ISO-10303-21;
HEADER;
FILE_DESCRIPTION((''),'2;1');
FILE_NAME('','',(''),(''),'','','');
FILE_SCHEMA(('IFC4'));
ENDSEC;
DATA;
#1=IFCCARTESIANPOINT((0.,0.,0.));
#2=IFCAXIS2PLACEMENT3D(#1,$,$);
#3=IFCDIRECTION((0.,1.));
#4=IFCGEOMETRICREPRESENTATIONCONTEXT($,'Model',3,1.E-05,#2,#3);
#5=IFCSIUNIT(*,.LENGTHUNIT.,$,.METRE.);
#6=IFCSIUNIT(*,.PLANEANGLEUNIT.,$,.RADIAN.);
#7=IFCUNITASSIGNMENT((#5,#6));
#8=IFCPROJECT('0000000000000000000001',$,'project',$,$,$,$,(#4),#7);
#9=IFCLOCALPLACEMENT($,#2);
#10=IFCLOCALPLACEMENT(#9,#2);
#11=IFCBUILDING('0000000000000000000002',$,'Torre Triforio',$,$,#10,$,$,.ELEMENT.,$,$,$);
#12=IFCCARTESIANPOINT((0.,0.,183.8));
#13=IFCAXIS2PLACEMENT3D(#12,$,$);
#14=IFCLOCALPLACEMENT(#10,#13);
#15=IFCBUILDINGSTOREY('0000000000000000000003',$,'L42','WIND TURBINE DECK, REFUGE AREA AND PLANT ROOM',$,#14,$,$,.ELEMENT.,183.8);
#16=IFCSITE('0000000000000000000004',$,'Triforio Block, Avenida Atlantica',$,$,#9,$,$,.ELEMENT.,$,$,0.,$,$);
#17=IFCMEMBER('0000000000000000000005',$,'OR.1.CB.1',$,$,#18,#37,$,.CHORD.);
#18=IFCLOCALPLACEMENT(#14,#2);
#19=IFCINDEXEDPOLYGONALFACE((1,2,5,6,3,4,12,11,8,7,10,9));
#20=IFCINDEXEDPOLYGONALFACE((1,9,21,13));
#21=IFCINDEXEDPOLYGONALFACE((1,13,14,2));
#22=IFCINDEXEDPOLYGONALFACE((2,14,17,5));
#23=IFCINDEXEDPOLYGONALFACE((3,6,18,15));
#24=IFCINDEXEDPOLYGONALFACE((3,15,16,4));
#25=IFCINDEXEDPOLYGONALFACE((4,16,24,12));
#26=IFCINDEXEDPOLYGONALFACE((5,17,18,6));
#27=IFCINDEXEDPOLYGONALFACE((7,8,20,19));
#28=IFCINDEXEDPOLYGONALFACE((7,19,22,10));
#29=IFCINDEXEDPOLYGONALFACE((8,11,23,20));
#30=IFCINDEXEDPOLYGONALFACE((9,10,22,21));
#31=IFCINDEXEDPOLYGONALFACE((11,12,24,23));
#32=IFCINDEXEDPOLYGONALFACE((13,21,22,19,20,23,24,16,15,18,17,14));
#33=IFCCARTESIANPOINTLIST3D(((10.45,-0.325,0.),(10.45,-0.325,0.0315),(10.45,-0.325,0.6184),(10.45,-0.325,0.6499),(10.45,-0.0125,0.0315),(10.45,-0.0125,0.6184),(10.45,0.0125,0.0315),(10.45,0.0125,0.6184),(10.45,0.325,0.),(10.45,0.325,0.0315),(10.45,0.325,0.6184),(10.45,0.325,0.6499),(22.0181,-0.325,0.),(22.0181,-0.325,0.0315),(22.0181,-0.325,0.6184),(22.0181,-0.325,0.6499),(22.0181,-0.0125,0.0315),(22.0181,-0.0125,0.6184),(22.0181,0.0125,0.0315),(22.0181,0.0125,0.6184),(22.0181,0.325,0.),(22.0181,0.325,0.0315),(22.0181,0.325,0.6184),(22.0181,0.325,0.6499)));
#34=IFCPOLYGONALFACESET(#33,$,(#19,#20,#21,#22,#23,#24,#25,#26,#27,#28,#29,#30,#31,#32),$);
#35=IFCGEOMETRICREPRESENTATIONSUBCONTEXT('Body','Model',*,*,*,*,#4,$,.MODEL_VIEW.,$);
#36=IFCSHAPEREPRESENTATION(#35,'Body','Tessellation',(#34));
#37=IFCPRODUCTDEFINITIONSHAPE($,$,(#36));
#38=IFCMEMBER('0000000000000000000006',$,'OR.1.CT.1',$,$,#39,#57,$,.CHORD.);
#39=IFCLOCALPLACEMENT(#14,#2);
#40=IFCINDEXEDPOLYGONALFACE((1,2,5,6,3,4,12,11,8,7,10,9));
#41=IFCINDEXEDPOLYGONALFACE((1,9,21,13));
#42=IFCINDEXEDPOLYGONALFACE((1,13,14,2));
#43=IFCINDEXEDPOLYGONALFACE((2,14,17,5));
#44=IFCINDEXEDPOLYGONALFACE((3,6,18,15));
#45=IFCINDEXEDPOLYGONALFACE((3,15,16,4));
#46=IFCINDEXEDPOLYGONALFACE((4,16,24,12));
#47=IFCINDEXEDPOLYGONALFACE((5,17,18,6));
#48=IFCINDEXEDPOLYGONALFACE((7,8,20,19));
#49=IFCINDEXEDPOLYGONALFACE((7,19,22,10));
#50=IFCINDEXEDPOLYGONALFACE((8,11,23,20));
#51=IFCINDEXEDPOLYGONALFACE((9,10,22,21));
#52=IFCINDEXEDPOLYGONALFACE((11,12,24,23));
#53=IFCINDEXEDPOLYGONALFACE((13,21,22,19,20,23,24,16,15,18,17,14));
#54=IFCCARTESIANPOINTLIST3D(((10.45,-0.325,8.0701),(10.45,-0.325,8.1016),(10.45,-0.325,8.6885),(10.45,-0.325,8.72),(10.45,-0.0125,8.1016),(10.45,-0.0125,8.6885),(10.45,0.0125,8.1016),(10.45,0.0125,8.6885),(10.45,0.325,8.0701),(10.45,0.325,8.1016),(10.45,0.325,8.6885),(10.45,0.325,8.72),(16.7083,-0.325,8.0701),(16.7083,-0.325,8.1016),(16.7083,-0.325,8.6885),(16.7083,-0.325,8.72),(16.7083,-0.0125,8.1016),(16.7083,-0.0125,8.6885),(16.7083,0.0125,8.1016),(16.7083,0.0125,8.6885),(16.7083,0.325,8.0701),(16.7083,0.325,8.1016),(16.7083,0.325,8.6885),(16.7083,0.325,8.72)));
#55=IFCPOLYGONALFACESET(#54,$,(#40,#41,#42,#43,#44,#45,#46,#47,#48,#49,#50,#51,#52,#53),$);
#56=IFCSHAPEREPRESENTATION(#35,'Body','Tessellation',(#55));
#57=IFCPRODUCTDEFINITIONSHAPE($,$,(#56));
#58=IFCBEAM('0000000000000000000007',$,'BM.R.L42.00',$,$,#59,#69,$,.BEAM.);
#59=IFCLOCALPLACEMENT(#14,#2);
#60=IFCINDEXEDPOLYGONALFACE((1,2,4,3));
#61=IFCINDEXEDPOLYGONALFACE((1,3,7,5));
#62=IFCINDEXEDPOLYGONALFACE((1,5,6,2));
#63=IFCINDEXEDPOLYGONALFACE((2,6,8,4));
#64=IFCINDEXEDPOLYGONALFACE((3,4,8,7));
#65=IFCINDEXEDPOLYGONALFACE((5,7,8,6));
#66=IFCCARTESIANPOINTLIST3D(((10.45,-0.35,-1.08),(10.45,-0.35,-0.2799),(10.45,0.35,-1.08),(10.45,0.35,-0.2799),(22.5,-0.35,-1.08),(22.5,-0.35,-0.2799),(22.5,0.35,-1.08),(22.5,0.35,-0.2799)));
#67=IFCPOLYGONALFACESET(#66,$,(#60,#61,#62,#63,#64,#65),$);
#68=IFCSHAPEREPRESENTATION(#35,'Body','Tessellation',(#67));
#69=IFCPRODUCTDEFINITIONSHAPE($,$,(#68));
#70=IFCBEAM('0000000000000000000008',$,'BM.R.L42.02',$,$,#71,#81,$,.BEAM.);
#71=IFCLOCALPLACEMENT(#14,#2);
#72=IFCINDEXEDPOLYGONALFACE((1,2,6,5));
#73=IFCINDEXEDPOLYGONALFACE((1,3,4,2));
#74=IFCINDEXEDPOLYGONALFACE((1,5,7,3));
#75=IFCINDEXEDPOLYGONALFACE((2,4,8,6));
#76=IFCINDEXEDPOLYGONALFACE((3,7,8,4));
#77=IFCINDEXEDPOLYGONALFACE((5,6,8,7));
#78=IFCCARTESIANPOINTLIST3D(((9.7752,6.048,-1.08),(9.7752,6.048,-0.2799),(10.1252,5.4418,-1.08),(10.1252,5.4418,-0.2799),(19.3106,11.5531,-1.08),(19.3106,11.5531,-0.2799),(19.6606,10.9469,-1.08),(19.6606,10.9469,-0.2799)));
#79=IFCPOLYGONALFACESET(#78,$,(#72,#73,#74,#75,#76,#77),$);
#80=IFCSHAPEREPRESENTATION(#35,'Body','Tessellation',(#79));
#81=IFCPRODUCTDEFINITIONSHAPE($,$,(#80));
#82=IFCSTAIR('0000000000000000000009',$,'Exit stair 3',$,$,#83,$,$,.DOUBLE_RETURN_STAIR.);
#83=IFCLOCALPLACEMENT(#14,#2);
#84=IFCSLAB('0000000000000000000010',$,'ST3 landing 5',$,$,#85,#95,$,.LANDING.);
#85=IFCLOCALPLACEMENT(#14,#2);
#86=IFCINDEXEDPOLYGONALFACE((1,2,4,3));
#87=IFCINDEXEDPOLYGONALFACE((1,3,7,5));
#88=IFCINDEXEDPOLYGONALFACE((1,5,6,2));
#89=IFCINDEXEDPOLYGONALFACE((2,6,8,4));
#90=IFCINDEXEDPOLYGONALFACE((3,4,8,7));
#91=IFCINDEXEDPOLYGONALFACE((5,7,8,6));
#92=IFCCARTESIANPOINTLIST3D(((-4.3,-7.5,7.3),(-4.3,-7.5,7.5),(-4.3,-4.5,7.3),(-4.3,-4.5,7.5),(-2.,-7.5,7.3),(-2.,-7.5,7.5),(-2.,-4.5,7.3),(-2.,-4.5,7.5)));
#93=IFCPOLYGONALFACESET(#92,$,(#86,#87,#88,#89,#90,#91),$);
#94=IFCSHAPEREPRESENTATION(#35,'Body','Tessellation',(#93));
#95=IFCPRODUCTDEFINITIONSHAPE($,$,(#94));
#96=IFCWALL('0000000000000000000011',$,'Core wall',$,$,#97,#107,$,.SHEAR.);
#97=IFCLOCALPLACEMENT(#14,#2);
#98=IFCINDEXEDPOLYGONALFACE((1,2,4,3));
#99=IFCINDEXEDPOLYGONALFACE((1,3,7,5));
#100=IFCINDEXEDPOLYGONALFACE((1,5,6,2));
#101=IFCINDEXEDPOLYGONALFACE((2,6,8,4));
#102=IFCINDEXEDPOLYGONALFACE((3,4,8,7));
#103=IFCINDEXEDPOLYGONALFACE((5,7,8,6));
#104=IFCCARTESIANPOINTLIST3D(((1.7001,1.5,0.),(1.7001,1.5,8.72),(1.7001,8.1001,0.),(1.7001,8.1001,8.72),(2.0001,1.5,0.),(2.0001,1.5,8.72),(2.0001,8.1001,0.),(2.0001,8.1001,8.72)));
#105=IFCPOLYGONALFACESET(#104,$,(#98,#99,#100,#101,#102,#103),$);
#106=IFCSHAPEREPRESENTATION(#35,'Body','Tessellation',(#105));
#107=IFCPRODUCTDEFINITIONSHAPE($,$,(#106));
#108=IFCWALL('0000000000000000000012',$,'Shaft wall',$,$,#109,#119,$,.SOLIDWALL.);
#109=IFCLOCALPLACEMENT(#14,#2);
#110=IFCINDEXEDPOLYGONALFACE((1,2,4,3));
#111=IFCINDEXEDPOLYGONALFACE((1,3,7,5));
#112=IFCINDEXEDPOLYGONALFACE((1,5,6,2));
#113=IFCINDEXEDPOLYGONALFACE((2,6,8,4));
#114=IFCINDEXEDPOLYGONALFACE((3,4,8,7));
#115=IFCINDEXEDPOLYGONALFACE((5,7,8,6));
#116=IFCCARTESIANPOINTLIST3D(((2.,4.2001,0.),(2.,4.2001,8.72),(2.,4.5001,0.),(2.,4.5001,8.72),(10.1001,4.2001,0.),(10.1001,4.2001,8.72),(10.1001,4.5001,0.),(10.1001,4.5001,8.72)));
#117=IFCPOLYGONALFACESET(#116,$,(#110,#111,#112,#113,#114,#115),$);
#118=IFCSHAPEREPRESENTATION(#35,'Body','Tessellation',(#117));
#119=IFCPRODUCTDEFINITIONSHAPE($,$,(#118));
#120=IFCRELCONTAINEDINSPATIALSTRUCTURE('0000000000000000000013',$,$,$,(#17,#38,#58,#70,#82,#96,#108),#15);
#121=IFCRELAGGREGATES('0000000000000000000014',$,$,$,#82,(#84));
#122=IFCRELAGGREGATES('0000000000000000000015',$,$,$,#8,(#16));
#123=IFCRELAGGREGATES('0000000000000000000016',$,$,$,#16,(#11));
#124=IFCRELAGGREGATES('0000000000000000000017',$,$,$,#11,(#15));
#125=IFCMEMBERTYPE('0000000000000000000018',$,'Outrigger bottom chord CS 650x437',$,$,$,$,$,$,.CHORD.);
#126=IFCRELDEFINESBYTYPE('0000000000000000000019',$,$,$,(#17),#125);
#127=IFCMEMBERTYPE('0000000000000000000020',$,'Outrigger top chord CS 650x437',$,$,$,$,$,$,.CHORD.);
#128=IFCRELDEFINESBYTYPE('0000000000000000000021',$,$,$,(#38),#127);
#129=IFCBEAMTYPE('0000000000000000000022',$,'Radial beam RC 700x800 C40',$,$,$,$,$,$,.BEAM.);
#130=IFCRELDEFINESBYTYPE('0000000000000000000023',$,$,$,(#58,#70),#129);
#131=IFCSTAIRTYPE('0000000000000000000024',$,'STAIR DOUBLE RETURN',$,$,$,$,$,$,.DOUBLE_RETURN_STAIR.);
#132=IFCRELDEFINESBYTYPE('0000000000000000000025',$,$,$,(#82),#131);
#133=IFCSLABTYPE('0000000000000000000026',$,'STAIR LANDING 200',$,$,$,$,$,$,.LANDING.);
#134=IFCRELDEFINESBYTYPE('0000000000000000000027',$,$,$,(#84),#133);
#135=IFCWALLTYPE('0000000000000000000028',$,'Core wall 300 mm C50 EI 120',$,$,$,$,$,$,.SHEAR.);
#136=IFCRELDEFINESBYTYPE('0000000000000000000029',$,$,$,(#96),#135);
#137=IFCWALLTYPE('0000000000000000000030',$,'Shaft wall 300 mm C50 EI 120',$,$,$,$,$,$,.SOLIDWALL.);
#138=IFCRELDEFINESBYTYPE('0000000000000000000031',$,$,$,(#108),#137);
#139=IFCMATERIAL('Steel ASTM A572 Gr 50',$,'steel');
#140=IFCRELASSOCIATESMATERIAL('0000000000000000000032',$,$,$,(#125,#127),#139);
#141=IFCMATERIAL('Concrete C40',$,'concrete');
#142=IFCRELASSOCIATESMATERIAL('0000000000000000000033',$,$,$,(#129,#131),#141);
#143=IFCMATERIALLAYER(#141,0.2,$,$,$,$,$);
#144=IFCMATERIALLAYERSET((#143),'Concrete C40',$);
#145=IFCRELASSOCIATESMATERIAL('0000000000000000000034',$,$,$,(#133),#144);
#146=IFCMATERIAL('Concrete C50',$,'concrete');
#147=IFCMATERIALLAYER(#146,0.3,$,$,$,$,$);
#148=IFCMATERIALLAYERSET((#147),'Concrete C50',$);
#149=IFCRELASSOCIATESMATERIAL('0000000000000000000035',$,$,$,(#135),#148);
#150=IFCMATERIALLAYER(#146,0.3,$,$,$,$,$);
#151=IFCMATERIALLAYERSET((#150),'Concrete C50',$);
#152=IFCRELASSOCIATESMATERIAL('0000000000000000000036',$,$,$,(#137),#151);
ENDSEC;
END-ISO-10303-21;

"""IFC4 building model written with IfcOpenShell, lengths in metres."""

from ifc_helpers import new_model, si_unit, direction, frame, frame_2d, origin, origin_2d, place, context, subcontext, project, spatial, polyline, rectangle, i_section, outline, extrude, material, layer, layer_set, material_profile, profile_set, type_object, element, aggregate, save


model = new_model("IFC4")

# Units and contexts
model_context = context("Model", 3, precision=1e-05, world=origin(), true_north=direction((0.0, 1.0)))
body_context = subcontext(model_context, "Body", "Model", "MODEL_VIEW")
ifc_project = project(units=[si_unit("LENGTHUNIT", "METRE"), si_unit("PLANEANGLEUNIT", "RADIAN")], contexts=[model_context])

# Site, building, storey
site_placement = place(None, origin())
site = spatial("IfcSite", under=ifc_project, at=site_placement, Name="Triforio Block, Avenida Atlantica", CompositionType="ELEMENT", RefElevation=0.0)
building_placement = place(site_placement, origin())
building = spatial("IfcBuilding", under=site, at=building_placement, Name="Torre Triforio", CompositionType="ELEMENT")
storey_placement = place(building_placement, frame((0.0, 0.0, 183.8)))
storey = spatial("IfcBuildingStorey", under=building, at=storey_placement, Name="L42", Description="WIND TURBINE DECK, REFUGE AREA AND PLANT ROOM", CompositionType="ELEMENT", Elevation=183.8)

# Members
ifc_material_1 = material(Name="Steel ASTM A572 Gr 50", Category="steel")
ifc_material_profile_1 = material_profile(ifc_material_1, i_section(OverallWidth=0.6499, OverallDepth=0.6499, WebThickness=0.0249, FlangeThickness=0.0315, at=origin_2d()), Name="CS 650x437")
ifc_profile_set_1 = profile_set([ifc_material_profile_1], Name="Steel ASTM A572 Gr 50")
member_type_1 = type_object("IfcMemberType", Name="Outrigger bottom chord CS 650x437", PredefinedType="CHORD", material=ifc_profile_set_1)
member_1_placement = place(storey_placement, frame((10.45, 0.0, 0.325), z_axis=(1.0, 0.0, 0.0), x_axis=(0.0, 1.0, 0.0)))
element("IfcMember", 1, at=member_1_placement, inside=storey, type_object=member_type_1, Name="OR.1.CB.1", PredefinedType="CHORD", context=body_context, shape_type="SweptSolid", body=[
    extrude(i_section(OverallWidth=0.6499, OverallDepth=0.6499, WebThickness=0.0249, FlangeThickness=0.0315, at=origin_2d()), origin(), (0.0, 0.0, 1.0), 11.5681),
])
ifc_material_profile_2 = material_profile(ifc_material_1, i_section(OverallWidth=0.6499, OverallDepth=0.6499, WebThickness=0.0249, FlangeThickness=0.0315, at=origin_2d()), Name="CS 650x437")
ifc_profile_set_2 = profile_set([ifc_material_profile_2], Name="Steel ASTM A572 Gr 50")
member_type_2 = type_object("IfcMemberType", Name="Outrigger top chord CS 650x437", PredefinedType="CHORD", material=ifc_profile_set_2)
member_2_placement = place(storey_placement, frame((10.45, 0.0, 8.395), z_axis=(1.0, 0.0, 0.0), x_axis=(0.0, 1.0, 0.0)))
element("IfcMember", 2, at=member_2_placement, inside=storey, type_object=member_type_2, Name="OR.1.CT.1", PredefinedType="CHORD", context=body_context, shape_type="SweptSolid", body=[
    extrude(i_section(OverallWidth=0.6499, OverallDepth=0.6499, WebThickness=0.0249, FlangeThickness=0.0315, at=origin_2d()), origin(), (0.0, 0.0, 1.0), 6.2583),
])

# Beams
ifc_material_2 = material(Name="Concrete C40", Category="concrete")
ifc_material_profile_3 = material_profile(ifc_material_2, rectangle(XDim=0.7, YDim=0.8, at=origin_2d()), Name="RC 700x800")
ifc_profile_set_3 = profile_set([ifc_material_profile_3], Name="Concrete C40")
beam_type = type_object("IfcBeamType", Name="Radial beam RC 700x800 C40", PredefinedType="BEAM", material=ifc_profile_set_3)
beam_1_placement = place(storey_placement, frame((10.45, 0.0, -0.6799), z_axis=(1.0, 0.0, 0.0), x_axis=(0.0, 1.0, 0.0)))
element("IfcBeam", 3, at=beam_1_placement, inside=storey, type_object=beam_type, Name="BM.R.L42.00", PredefinedType="BEAM", context=body_context, shape_type="SweptSolid", body=[
    extrude(rectangle(XDim=0.7, YDim=0.8, at=origin_2d()), origin(), (0.0, 0.0, 1.0), 12.05),
])
beam_2_placement = place(storey_placement, frame((9.9502, 5.7449, -0.6799), z_axis=(0.866031, 0.499991, 0.0), x_axis=(-0.499991, 0.866031, 0.0)))
element("IfcBeam", 4, at=beam_2_placement, inside=storey, type_object=beam_type, Name="BM.R.L42.02", PredefinedType="BEAM", context=body_context, shape_type="SweptSolid", body=[
    extrude(rectangle(XDim=0.7, YDim=0.8, at=origin_2d()), origin(), (0.0, 0.0, 1.0), 11.0105),
])

# Stair, slab
stair_type = type_object("IfcStairType", Name="STAIR DOUBLE RETURN", PredefinedType="DOUBLE_RETURN_STAIR", material=ifc_material_2)
stair_1_placement = place(storey_placement, origin())
stair_1 = element("IfcStair", 5, at=stair_1_placement, inside=storey, type_object=stair_type, Name="Exit stair 3", PredefinedType="DOUBLE_RETURN_STAIR")
ifc_layer_1 = layer(ifc_material_2, 0.2)
ifc_layer_set_1 = layer_set([ifc_layer_1], Name="Concrete C40")
slab_type = type_object("IfcSlabType", Name="STAIR LANDING 200", PredefinedType="LANDING", material=ifc_layer_set_1)
slab_placement = place(storey_placement, frame((0.0, 0.0, 7.3)))
slab = element("IfcSlab", 6, at=slab_placement, type_object=slab_type, Name="ST3 landing 5", PredefinedType="LANDING", context=body_context, shape_type="SweptSolid", body=[
    extrude(outline(polyline([(-2.0, -7.5), (-2.0, -4.5), (-4.3, -4.5), (-4.3, -7.5), (-2.0, -7.5)])), origin(), (0.0, 0.0, 1.0), 0.2),
])
aggregate(stair_1, [slab])

# Walls
ifc_material_3 = material(Name="Concrete C50", Category="concrete")
ifc_layer_2 = layer(ifc_material_3, 0.3)
ifc_layer_set_2 = layer_set([ifc_layer_2], Name="Concrete C50")
wall_type_1 = type_object("IfcWallType", Name="Core wall 300 mm C50 EI 120", PredefinedType="SHEAR", material=ifc_layer_set_2)
wall_1_placement = place(storey_placement, frame((1.8501, 1.5, 0.0), z_axis=(0.0, 0.0, 1.0), x_axis=(0.0, 1.0, 0.0)))
element("IfcWall", 7, at=wall_1_placement, inside=storey, type_object=wall_type_1, Name="Core wall", PredefinedType="SHEAR", context=body_context, shape_type="SweptSolid", body=[
    extrude(rectangle(XDim=6.6001, YDim=0.3, at=frame_2d((3.3, 0.0))), origin(), (0.0, 0.0, 1.0), 8.72),
])
ifc_layer_3 = layer(ifc_material_3, 0.3)
ifc_layer_set_3 = layer_set([ifc_layer_3], Name="Concrete C50")
wall_type_2 = type_object("IfcWallType", Name="Shaft wall 300 mm C50 EI 120", PredefinedType="SOLIDWALL", material=ifc_layer_set_3)
wall_2_placement = place(storey_placement, frame((2.0, 4.3501, 0.0), z_axis=(0.0, 0.0, 1.0), x_axis=(1.0, 0.0, 0.0)))
element("IfcWall", 8, at=wall_2_placement, inside=storey, type_object=wall_type_2, Name="Shaft wall", PredefinedType="SOLIDWALL", context=body_context, shape_type="SweptSolid", body=[
    extrude(rectangle(XDim=8.1001, YDim=0.3, at=frame_2d((4.05, 0.0))), origin(), (0.0, 0.0, 1.0), 8.72),
])

save(model, "model.ifc")
